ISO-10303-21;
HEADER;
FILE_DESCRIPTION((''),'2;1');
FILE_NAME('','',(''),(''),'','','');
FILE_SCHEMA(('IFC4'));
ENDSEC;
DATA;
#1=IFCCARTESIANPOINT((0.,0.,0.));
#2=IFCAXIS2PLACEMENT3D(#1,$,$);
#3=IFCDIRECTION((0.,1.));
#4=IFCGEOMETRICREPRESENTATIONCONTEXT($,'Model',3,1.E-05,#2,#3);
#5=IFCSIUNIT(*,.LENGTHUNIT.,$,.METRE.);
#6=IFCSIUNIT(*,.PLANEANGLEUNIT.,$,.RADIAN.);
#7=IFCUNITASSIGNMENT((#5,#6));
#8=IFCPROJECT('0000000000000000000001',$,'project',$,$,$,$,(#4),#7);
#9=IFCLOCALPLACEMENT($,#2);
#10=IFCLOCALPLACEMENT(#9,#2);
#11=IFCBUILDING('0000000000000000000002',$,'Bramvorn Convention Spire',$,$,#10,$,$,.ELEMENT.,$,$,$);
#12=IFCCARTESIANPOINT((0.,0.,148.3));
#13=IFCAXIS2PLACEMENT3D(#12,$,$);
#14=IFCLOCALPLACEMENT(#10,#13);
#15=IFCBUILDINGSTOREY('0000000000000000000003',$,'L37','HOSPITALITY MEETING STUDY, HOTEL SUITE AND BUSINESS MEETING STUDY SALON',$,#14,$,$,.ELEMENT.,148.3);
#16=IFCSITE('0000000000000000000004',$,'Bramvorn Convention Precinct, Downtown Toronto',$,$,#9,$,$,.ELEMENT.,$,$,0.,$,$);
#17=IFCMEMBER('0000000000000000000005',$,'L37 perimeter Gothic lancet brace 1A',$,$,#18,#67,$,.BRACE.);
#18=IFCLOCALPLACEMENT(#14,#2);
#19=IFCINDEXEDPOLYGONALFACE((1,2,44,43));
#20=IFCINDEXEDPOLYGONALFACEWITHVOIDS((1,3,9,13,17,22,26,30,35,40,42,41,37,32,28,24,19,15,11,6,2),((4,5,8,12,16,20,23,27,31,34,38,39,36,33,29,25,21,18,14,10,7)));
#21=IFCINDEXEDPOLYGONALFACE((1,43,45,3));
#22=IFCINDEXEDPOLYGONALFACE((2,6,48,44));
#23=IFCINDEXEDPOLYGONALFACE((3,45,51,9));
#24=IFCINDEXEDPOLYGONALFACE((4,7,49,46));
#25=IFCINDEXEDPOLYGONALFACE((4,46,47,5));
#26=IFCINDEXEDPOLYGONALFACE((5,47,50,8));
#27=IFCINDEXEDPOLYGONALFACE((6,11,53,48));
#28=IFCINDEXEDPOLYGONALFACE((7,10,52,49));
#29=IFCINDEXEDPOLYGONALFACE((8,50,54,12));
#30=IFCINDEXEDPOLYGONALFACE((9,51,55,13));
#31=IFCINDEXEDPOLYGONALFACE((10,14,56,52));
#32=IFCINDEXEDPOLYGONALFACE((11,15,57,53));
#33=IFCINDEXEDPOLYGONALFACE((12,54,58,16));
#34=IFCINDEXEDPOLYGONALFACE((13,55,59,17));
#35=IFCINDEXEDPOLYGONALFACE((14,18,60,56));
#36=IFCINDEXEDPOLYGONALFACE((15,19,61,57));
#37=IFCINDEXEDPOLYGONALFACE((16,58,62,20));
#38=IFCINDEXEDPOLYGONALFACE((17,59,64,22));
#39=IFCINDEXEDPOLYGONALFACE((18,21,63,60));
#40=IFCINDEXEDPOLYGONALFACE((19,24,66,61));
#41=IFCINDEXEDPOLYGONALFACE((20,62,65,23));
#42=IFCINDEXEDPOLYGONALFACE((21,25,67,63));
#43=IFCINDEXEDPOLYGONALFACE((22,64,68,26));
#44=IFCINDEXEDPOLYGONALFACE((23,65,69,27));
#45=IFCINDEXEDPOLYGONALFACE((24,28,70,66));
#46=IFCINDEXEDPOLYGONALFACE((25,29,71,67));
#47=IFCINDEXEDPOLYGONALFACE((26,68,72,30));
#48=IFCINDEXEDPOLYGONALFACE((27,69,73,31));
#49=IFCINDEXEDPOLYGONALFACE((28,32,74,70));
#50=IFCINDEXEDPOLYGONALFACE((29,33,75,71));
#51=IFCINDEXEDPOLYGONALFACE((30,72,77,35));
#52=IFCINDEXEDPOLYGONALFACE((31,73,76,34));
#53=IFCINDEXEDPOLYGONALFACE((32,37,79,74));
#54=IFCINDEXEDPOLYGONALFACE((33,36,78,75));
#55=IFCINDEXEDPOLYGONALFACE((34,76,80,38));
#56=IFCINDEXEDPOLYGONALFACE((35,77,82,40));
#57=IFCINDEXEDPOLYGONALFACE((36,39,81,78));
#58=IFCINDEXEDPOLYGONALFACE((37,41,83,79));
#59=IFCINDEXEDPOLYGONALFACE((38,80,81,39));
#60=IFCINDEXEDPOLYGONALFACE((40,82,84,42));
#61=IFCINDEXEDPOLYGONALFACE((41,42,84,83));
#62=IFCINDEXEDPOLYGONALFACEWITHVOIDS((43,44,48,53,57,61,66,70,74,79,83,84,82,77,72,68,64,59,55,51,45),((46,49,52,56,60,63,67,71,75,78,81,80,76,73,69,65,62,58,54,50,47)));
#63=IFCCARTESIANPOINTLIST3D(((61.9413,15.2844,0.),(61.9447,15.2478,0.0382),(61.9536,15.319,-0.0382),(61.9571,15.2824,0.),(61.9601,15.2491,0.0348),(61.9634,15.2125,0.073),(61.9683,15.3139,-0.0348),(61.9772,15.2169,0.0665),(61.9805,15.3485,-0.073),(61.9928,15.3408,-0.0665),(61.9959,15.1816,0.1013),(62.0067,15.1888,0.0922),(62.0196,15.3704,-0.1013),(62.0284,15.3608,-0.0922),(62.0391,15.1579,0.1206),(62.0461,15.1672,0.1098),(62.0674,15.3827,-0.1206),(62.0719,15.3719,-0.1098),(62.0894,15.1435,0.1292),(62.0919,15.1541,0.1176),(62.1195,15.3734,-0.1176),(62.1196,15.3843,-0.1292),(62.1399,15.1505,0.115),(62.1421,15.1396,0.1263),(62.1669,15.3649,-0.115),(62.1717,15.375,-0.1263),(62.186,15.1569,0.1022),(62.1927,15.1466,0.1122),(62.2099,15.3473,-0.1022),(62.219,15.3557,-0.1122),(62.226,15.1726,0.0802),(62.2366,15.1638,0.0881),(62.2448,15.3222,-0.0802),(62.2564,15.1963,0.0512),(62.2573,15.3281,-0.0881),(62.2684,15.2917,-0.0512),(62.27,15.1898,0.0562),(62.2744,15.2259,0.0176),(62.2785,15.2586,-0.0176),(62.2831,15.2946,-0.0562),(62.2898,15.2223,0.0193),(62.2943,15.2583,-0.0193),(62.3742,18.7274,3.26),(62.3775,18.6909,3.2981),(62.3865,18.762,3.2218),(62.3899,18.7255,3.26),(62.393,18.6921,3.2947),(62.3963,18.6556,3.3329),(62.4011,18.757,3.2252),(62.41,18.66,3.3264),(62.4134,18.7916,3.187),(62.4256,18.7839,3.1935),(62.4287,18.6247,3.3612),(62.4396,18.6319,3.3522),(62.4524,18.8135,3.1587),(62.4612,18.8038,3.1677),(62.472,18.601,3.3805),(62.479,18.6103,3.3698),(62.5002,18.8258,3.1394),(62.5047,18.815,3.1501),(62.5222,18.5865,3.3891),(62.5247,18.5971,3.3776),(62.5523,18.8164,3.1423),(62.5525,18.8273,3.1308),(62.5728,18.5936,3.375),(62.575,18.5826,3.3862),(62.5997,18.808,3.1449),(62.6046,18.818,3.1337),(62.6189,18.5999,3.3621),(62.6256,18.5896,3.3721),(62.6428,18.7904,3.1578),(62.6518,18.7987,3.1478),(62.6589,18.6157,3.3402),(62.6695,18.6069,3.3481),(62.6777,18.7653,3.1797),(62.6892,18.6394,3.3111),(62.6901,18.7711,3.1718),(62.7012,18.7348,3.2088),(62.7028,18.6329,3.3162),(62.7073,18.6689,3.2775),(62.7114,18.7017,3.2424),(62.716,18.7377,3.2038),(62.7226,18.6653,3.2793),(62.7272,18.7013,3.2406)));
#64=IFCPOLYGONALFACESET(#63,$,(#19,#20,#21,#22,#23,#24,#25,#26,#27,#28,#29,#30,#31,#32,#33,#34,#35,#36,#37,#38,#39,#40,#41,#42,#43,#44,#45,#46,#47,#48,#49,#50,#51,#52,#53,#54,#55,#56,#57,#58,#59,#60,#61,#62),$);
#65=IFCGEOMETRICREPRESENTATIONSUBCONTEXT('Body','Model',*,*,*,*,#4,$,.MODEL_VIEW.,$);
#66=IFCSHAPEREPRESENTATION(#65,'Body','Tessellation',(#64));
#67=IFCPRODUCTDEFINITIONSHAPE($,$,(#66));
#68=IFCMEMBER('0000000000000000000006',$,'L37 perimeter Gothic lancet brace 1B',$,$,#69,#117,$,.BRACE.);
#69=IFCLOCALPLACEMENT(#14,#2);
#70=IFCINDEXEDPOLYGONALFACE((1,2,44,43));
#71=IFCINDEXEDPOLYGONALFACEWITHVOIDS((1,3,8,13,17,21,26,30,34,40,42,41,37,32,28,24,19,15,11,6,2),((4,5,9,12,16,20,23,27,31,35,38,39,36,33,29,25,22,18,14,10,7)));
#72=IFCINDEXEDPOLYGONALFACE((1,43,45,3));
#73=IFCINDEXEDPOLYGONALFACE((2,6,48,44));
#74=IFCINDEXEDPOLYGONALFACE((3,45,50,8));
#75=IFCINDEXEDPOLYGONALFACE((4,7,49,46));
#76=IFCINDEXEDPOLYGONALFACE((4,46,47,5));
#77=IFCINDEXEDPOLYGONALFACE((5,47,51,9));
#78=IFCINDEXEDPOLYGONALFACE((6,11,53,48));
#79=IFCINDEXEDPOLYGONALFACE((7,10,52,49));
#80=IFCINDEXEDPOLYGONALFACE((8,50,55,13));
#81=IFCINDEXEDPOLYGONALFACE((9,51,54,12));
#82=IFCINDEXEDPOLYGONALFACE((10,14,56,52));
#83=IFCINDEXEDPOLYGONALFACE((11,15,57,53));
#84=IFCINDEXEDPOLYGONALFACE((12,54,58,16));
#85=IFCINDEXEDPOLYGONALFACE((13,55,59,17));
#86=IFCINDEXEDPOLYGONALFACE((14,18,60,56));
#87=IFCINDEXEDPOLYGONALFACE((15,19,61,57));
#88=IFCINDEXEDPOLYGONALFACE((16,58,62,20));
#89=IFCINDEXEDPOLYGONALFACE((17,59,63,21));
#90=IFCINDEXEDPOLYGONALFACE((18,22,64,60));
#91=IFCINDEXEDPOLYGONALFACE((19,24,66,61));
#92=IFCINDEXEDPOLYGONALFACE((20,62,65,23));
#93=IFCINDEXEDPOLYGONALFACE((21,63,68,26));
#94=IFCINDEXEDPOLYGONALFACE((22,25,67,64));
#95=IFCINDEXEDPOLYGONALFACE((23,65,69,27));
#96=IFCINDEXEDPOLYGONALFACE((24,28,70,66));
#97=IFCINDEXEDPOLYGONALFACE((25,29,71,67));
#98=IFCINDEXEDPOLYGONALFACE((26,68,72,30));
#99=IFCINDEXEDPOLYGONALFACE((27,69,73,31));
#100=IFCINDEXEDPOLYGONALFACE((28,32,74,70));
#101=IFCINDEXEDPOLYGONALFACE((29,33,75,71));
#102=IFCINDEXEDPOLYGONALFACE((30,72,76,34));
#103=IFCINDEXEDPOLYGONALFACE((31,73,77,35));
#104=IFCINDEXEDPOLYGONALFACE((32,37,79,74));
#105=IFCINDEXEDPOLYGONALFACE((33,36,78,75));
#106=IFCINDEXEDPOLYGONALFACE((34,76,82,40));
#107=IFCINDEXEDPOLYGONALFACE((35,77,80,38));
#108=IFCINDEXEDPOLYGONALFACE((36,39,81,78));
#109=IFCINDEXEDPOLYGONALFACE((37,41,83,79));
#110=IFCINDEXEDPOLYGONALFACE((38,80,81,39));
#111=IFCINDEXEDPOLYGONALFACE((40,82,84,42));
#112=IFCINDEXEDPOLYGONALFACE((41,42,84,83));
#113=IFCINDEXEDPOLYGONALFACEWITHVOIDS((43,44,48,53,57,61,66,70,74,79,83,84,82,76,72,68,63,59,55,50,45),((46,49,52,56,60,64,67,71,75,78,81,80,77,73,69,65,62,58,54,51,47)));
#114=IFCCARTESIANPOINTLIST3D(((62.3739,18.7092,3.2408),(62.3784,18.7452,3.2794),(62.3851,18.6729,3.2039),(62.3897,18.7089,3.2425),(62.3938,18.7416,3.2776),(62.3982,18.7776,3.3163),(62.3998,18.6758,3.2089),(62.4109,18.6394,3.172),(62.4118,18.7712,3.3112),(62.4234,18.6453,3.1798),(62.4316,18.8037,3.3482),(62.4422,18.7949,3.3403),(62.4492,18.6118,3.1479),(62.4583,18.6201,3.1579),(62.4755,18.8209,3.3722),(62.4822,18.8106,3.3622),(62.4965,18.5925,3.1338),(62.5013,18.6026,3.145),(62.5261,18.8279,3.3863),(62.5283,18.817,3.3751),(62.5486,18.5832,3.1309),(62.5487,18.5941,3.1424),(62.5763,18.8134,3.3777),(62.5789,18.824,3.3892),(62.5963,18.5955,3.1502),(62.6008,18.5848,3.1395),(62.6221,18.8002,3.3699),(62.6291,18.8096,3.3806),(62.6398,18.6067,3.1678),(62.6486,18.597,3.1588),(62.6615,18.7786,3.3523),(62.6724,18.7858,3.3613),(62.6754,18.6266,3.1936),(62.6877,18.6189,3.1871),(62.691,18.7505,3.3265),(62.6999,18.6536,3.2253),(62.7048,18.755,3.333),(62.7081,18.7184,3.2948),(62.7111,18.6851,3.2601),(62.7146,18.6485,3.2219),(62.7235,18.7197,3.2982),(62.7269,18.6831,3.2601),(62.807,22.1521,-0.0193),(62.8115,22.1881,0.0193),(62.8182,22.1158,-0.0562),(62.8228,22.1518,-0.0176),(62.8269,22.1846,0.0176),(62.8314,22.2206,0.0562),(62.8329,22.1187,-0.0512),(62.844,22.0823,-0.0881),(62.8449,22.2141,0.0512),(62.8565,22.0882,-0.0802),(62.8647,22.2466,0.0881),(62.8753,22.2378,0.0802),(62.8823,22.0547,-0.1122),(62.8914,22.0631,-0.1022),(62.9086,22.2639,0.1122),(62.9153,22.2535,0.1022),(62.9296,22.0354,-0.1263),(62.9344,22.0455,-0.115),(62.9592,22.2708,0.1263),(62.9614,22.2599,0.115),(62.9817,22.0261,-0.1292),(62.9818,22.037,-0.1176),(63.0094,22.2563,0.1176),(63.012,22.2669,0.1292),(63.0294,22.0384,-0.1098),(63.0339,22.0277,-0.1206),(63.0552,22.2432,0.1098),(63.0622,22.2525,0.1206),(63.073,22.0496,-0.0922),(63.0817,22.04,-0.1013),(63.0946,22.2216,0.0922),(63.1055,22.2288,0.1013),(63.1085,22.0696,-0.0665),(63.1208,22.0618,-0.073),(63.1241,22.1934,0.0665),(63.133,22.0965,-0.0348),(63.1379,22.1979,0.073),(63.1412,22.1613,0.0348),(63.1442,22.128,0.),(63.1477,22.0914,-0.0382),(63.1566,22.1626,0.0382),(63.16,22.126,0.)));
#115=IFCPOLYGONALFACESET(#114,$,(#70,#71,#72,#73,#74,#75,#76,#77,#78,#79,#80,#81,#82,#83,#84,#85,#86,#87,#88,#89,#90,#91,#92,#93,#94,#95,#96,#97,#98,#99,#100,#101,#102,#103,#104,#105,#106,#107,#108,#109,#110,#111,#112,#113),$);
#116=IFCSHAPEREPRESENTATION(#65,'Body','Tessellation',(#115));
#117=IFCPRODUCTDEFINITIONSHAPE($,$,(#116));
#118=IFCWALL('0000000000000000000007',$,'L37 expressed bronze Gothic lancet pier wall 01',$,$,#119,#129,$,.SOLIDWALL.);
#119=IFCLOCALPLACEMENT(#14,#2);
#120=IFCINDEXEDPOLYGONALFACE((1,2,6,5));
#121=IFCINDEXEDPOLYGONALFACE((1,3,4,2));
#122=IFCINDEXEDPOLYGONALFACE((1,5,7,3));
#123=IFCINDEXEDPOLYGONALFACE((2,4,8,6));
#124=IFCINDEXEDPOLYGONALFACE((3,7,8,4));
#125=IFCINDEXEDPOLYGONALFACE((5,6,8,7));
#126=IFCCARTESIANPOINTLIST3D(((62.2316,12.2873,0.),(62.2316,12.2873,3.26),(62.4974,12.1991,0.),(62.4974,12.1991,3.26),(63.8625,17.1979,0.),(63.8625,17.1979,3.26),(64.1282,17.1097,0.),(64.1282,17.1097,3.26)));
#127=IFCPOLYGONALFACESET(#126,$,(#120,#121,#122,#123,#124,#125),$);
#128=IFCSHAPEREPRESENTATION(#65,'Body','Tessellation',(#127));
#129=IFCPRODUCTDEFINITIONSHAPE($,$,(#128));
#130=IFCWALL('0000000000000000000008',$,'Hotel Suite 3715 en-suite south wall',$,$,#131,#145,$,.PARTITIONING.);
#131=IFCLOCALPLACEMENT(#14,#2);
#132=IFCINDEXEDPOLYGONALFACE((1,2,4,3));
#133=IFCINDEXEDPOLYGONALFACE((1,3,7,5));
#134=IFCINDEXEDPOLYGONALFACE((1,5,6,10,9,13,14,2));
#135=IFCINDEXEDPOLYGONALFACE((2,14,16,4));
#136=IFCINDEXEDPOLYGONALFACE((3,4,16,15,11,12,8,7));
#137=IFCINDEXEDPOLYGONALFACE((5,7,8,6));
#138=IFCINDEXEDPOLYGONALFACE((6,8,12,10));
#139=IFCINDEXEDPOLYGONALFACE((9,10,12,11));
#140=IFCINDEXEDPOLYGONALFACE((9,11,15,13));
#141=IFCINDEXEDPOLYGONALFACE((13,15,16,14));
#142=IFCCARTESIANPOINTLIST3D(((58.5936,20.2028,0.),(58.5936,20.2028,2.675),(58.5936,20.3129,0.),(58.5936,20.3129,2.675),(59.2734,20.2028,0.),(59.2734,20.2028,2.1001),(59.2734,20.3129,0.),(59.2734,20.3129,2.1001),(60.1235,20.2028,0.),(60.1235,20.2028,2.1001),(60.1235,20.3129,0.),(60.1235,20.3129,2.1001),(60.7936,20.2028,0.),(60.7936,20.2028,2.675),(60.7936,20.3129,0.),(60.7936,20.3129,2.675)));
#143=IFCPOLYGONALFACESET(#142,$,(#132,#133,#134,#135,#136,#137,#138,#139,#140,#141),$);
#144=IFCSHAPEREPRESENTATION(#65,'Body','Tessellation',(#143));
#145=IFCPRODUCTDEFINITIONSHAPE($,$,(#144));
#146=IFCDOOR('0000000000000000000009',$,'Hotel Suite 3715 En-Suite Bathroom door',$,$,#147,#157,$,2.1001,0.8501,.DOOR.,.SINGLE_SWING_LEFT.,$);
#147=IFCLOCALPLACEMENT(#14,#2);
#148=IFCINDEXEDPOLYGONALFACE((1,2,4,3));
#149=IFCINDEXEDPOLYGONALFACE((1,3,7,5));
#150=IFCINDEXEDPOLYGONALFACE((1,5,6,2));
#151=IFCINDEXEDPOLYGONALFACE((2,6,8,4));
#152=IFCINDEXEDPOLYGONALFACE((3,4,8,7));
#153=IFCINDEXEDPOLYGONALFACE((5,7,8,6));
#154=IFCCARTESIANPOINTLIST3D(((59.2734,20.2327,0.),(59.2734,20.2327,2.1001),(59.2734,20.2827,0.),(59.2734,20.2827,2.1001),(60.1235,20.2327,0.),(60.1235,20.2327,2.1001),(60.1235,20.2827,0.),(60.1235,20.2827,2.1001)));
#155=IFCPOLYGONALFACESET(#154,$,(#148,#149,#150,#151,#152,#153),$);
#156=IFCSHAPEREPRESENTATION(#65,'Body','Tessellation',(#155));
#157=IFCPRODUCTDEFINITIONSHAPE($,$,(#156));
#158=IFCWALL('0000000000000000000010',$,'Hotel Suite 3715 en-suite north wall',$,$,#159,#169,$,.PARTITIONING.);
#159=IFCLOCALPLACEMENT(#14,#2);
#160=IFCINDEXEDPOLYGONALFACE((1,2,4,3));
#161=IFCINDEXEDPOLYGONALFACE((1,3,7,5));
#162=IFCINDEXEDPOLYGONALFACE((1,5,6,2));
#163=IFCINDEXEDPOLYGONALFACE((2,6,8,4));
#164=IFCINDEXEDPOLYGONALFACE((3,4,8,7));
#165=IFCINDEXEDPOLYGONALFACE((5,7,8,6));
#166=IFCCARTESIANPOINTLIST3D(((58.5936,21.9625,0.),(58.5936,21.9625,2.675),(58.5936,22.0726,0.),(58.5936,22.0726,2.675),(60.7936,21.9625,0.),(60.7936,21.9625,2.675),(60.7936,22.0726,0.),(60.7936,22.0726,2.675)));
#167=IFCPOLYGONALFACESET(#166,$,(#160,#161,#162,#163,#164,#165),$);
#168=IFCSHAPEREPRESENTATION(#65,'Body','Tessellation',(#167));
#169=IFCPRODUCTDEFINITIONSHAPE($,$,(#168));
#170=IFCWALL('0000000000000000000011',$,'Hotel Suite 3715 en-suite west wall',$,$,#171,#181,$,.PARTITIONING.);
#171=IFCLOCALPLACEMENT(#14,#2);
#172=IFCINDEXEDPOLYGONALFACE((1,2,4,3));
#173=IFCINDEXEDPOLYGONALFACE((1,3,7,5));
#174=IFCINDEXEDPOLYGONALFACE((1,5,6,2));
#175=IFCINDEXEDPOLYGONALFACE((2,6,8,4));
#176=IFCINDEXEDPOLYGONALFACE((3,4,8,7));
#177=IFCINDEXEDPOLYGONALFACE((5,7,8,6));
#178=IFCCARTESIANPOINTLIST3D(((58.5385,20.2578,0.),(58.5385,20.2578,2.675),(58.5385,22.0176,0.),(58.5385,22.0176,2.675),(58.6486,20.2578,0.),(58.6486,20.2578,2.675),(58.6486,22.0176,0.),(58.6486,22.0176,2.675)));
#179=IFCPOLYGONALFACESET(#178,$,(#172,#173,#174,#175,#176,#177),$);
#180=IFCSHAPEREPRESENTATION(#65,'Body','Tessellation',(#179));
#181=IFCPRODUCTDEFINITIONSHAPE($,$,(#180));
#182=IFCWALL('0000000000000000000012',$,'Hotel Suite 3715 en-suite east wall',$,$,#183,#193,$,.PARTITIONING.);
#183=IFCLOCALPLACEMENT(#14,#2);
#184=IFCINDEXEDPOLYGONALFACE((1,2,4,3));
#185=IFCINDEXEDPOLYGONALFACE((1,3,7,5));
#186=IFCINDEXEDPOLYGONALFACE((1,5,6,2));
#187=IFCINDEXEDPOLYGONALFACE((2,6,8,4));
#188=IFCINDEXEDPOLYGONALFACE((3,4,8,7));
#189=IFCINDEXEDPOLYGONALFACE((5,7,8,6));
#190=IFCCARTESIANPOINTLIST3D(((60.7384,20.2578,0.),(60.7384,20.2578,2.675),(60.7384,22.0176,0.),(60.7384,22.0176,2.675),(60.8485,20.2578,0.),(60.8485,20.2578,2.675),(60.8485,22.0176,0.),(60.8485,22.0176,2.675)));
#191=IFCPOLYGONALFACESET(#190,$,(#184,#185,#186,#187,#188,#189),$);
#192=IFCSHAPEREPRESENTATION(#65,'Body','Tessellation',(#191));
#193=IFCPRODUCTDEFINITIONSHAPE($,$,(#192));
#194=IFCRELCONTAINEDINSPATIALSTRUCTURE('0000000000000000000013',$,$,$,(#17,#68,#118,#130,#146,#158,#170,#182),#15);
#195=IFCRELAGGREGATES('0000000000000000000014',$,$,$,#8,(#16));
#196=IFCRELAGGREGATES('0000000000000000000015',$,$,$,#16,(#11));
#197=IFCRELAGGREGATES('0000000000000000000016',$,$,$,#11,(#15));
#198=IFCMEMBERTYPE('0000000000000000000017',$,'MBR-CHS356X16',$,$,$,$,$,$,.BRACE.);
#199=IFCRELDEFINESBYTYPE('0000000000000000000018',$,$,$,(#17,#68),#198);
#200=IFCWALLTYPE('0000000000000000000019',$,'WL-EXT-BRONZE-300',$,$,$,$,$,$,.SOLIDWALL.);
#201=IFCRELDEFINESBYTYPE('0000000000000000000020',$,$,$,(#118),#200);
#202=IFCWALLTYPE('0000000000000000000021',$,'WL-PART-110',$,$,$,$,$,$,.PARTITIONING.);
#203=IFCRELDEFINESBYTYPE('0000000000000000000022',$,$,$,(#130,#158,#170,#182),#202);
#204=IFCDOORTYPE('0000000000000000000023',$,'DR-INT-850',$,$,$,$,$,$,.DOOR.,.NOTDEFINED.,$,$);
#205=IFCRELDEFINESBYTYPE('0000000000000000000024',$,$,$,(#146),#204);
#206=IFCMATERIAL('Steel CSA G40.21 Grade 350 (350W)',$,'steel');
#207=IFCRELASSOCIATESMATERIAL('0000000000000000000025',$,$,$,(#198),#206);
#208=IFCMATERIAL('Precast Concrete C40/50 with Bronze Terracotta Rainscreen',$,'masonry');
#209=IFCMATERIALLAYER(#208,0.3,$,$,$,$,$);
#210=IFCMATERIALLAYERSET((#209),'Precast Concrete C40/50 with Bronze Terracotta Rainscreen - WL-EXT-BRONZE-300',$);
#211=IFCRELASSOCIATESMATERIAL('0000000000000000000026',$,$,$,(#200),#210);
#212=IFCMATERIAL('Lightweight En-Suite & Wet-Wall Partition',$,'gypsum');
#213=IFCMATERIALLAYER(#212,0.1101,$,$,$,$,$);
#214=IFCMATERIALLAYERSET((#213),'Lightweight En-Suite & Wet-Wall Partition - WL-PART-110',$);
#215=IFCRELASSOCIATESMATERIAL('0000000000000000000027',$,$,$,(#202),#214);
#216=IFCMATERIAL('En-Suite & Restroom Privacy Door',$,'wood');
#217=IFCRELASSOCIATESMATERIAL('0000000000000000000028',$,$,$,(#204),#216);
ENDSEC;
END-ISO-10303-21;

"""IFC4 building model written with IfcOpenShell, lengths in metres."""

from ifc_helpers import new_model, si_unit, direction, frame, frame_2d, origin, origin_2d, place, context, subcontext, project, spatial, rectangle, hollow_circle, extrude, material, layer, layer_set, material_profile, profile_set, type_object, element, fill, save


model = new_model("IFC4")

# Units and contexts
model_context = context("Model", 3, precision=1e-05, world=origin(), true_north=direction((0.0, 1.0)))
body_context = subcontext(model_context, "Body", "Model", "MODEL_VIEW")
ifc_project = project(units=[si_unit("LENGTHUNIT", "METRE"), si_unit("PLANEANGLEUNIT", "RADIAN")], contexts=[model_context])

# Site, building, storey
site_placement = place(None, origin())
site = spatial("IfcSite", under=ifc_project, at=site_placement, Name="Bramvorn Convention Precinct, Downtown Toronto", CompositionType="ELEMENT", RefElevation=0.0)
building_placement = place(site_placement, origin())
building = spatial("IfcBuilding", under=site, at=building_placement, Name="Bramvorn Convention Spire", CompositionType="ELEMENT")
storey_placement = place(building_placement, frame((0.0, 0.0, 148.3)))
storey = spatial("IfcBuildingStorey", under=building, at=storey_placement, Name="L37", Description="HOSPITALITY MEETING STUDY, HOTEL SUITE AND BUSINESS MEETING STUDY SALON", CompositionType="ELEMENT", Elevation=148.3)

# Shared definitions
ifc_material_1 = material(Name="Steel CSA G40.21 Grade 350 (350W)", Category="steel")

# Members
ifc_material_profile_1 = material_profile(ifc_material_1, hollow_circle(Radius=0.1777, WallThickness=0.0159, at=origin_2d()))
ifc_profile_set_1 = profile_set([ifc_material_profile_1], Name="Steel CSA G40.21 Grade 350 (350W) - CHS356X16")
member_type = type_object("IfcMemberType", Name="MBR-CHS356X16", PredefinedType="BRACE", material=ifc_profile_set_1)
for number, where, z_axis, x_axis, name in (
    (1, (62.1177, 15.2622, 0.0), (0.090912, 0.723144, 0.684688), (-0.99219, 0.124736, 0.0), "L37 perimeter Gothic lancet brace 1A"),
    (2, (62.9836, 22.1482, 0.0), (-0.090966, -0.723117, 0.68471), (0.99218, -0.124814, 0.0), "L37 perimeter Gothic lancet brace 1B"),
):
    element("IfcMember", number, at=place(storey_placement, frame(where, z_axis=z_axis, x_axis=x_axis)), inside=storey, type_object=member_type, Name=name, PredefinedType="BRACE", context=body_context, shape_type="SweptSolid", body=[
        extrude(hollow_circle(Radius=0.1777, WallThickness=0.0159, at=origin_2d()), origin(), (0.0, 0.0, 1.0), 4.7612),
    ])

# Wall
ifc_material_2 = material(Name="Precast Concrete C40/50 with Bronze Terracotta Rainscreen", Category="masonry")
ifc_layer_1 = layer(ifc_material_2, 0.3)
ifc_layer_set_1 = layer_set([ifc_layer_1], Name="Precast Concrete C40/50 with Bronze Terracotta Rainscreen - WL-EXT-BRONZE-300")
wall_type_1 = type_object("IfcWallType", Name="WL-EXT-BRONZE-300", PredefinedType="SOLIDWALL", material=ifc_layer_set_1)
wall_1_placement = place(storey_placement, frame((63.9954, 17.1538, 0.0), z_axis=(0.0, 0.0, 1.0), x_axis=(-0.31518, -0.949032, 0.0)))
element("IfcWall", 3, at=wall_1_placement, inside=storey, type_object=wall_type_1, Name="L37 expressed bronze Gothic lancet pier wall 01", PredefinedType="SOLIDWALL", context=body_context, shape_type="SweptSolid", body=[
    extrude(rectangle(XDim=5.1743, YDim=0.28, at=frame_2d((2.5872, 0.0))), origin(), (0.0, 0.0, 1.0), 3.26),
])

# Wall, opening, door
ifc_material_3 = material(Name="Lightweight En-Suite & Wet-Wall Partition", Category="gypsum")
ifc_layer_2 = layer(ifc_material_3, 0.1101)
ifc_layer_set_2 = layer_set([ifc_layer_2], Name="Lightweight En-Suite & Wet-Wall Partition - WL-PART-110")
wall_type_2 = type_object("IfcWallType", Name="WL-PART-110", PredefinedType="PARTITIONING", material=ifc_layer_set_2)
wall_2_placement = place(storey_placement, frame((58.5935, 20.2578, 0.0), z_axis=(0.0, 0.0, 1.0), x_axis=(1.0, 0.0, 0.0)))
wall_2 = element("IfcWall", 4, at=wall_2_placement, inside=storey, type_object=wall_type_2, Name="Hotel Suite 3715 en-suite south wall", PredefinedType="PARTITIONING", context=body_context, shape_type="SweptSolid", body=[
    extrude(rectangle(XDim=2.2, YDim=0.1101, at=frame_2d((1.1001, 0.0))), origin(), (0.0, 0.0, 1.0), 2.675),
])
opening_placement = place(wall_2_placement, frame((0.6799, 0.0, 0.0)))
opening = element("IfcOpeningElement", 5, at=opening_placement, cuts=wall_2, PredefinedType="OPENING", context=body_context, shape_type="SweptSolid", body=[
    extrude(rectangle(XDim=0.8501, YDim=2.1001, at=frame_2d((0.425, 1.05))), frame((0.0, 0.0649, 0.0), z_axis=(0.0, -1.0, 0.0), x_axis=(1.0, 0.0, 0.0)), (0.0, 0.0, 1.0), 0.1301),
])
ifc_material_4 = material(Name="En-Suite & Restroom Privacy Door", Category="wood")
door_type = type_object("IfcDoorType", Name="DR-INT-850", OperationType="NOTDEFINED", PredefinedType="DOOR", material=ifc_material_4)
door_placement = place(opening_placement, origin())
door = element("IfcDoor", 6, at=door_placement, inside=storey, type_object=door_type, Name="Hotel Suite 3715 En-Suite Bathroom door", OperationType="SINGLE_SWING_LEFT", OverallHeight=2.1001, OverallWidth=0.8501, PredefinedType="DOOR", context=body_context, shape_type="SweptSolid", body=[
    extrude(rectangle(XDim=0.8501, YDim=2.1001, at=frame_2d((0.425, 1.05))), frame((0.0, 0.0249, 0.0), z_axis=(0.0, -1.0, 0.0), x_axis=(1.0, 0.0, 0.0)), (0.0, 0.0, 1.0), 0.05),
])
fill(opening, door)

# Walls
wall_3_placement = place(storey_placement, frame((58.5935, 22.0176, 0.0), z_axis=(0.0, 0.0, 1.0), x_axis=(1.0, 0.0, 0.0)))
element("IfcWall", 7, at=wall_3_placement, inside=storey, type_object=wall_type_2, Name="Hotel Suite 3715 en-suite north wall", PredefinedType="PARTITIONING", context=body_context, shape_type="SweptSolid", body=[
    extrude(rectangle(XDim=2.2, YDim=0.1101, at=frame_2d((1.1001, 0.0))), origin(), (0.0, 0.0, 1.0), 2.675),
])
for number, where, z_axis, x_axis, name in (
    (8, (58.5935, 20.2578, 0.0), (0.0, 0.0, 1.0), (0.0, 1.0, 0.0), "Hotel Suite 3715 en-suite west wall"),
    (9, (60.7935, 20.2578, 0.0), (0.0, 0.0, 1.0), (0.0, 1.0, 0.0), "Hotel Suite 3715 en-suite east wall"),
):
    element("IfcWall", number, at=place(storey_placement, frame(where, z_axis=z_axis, x_axis=x_axis)), inside=storey, type_object=wall_type_2, Name=name, PredefinedType="PARTITIONING", context=body_context, shape_type="SweptSolid", body=[
        extrude(rectangle(XDim=1.7598, YDim=0.1101, at=frame_2d((0.8799, 0.0))), origin(), (0.0, 0.0, 1.0), 2.675),
    ])

save(model, "model.ifc")
